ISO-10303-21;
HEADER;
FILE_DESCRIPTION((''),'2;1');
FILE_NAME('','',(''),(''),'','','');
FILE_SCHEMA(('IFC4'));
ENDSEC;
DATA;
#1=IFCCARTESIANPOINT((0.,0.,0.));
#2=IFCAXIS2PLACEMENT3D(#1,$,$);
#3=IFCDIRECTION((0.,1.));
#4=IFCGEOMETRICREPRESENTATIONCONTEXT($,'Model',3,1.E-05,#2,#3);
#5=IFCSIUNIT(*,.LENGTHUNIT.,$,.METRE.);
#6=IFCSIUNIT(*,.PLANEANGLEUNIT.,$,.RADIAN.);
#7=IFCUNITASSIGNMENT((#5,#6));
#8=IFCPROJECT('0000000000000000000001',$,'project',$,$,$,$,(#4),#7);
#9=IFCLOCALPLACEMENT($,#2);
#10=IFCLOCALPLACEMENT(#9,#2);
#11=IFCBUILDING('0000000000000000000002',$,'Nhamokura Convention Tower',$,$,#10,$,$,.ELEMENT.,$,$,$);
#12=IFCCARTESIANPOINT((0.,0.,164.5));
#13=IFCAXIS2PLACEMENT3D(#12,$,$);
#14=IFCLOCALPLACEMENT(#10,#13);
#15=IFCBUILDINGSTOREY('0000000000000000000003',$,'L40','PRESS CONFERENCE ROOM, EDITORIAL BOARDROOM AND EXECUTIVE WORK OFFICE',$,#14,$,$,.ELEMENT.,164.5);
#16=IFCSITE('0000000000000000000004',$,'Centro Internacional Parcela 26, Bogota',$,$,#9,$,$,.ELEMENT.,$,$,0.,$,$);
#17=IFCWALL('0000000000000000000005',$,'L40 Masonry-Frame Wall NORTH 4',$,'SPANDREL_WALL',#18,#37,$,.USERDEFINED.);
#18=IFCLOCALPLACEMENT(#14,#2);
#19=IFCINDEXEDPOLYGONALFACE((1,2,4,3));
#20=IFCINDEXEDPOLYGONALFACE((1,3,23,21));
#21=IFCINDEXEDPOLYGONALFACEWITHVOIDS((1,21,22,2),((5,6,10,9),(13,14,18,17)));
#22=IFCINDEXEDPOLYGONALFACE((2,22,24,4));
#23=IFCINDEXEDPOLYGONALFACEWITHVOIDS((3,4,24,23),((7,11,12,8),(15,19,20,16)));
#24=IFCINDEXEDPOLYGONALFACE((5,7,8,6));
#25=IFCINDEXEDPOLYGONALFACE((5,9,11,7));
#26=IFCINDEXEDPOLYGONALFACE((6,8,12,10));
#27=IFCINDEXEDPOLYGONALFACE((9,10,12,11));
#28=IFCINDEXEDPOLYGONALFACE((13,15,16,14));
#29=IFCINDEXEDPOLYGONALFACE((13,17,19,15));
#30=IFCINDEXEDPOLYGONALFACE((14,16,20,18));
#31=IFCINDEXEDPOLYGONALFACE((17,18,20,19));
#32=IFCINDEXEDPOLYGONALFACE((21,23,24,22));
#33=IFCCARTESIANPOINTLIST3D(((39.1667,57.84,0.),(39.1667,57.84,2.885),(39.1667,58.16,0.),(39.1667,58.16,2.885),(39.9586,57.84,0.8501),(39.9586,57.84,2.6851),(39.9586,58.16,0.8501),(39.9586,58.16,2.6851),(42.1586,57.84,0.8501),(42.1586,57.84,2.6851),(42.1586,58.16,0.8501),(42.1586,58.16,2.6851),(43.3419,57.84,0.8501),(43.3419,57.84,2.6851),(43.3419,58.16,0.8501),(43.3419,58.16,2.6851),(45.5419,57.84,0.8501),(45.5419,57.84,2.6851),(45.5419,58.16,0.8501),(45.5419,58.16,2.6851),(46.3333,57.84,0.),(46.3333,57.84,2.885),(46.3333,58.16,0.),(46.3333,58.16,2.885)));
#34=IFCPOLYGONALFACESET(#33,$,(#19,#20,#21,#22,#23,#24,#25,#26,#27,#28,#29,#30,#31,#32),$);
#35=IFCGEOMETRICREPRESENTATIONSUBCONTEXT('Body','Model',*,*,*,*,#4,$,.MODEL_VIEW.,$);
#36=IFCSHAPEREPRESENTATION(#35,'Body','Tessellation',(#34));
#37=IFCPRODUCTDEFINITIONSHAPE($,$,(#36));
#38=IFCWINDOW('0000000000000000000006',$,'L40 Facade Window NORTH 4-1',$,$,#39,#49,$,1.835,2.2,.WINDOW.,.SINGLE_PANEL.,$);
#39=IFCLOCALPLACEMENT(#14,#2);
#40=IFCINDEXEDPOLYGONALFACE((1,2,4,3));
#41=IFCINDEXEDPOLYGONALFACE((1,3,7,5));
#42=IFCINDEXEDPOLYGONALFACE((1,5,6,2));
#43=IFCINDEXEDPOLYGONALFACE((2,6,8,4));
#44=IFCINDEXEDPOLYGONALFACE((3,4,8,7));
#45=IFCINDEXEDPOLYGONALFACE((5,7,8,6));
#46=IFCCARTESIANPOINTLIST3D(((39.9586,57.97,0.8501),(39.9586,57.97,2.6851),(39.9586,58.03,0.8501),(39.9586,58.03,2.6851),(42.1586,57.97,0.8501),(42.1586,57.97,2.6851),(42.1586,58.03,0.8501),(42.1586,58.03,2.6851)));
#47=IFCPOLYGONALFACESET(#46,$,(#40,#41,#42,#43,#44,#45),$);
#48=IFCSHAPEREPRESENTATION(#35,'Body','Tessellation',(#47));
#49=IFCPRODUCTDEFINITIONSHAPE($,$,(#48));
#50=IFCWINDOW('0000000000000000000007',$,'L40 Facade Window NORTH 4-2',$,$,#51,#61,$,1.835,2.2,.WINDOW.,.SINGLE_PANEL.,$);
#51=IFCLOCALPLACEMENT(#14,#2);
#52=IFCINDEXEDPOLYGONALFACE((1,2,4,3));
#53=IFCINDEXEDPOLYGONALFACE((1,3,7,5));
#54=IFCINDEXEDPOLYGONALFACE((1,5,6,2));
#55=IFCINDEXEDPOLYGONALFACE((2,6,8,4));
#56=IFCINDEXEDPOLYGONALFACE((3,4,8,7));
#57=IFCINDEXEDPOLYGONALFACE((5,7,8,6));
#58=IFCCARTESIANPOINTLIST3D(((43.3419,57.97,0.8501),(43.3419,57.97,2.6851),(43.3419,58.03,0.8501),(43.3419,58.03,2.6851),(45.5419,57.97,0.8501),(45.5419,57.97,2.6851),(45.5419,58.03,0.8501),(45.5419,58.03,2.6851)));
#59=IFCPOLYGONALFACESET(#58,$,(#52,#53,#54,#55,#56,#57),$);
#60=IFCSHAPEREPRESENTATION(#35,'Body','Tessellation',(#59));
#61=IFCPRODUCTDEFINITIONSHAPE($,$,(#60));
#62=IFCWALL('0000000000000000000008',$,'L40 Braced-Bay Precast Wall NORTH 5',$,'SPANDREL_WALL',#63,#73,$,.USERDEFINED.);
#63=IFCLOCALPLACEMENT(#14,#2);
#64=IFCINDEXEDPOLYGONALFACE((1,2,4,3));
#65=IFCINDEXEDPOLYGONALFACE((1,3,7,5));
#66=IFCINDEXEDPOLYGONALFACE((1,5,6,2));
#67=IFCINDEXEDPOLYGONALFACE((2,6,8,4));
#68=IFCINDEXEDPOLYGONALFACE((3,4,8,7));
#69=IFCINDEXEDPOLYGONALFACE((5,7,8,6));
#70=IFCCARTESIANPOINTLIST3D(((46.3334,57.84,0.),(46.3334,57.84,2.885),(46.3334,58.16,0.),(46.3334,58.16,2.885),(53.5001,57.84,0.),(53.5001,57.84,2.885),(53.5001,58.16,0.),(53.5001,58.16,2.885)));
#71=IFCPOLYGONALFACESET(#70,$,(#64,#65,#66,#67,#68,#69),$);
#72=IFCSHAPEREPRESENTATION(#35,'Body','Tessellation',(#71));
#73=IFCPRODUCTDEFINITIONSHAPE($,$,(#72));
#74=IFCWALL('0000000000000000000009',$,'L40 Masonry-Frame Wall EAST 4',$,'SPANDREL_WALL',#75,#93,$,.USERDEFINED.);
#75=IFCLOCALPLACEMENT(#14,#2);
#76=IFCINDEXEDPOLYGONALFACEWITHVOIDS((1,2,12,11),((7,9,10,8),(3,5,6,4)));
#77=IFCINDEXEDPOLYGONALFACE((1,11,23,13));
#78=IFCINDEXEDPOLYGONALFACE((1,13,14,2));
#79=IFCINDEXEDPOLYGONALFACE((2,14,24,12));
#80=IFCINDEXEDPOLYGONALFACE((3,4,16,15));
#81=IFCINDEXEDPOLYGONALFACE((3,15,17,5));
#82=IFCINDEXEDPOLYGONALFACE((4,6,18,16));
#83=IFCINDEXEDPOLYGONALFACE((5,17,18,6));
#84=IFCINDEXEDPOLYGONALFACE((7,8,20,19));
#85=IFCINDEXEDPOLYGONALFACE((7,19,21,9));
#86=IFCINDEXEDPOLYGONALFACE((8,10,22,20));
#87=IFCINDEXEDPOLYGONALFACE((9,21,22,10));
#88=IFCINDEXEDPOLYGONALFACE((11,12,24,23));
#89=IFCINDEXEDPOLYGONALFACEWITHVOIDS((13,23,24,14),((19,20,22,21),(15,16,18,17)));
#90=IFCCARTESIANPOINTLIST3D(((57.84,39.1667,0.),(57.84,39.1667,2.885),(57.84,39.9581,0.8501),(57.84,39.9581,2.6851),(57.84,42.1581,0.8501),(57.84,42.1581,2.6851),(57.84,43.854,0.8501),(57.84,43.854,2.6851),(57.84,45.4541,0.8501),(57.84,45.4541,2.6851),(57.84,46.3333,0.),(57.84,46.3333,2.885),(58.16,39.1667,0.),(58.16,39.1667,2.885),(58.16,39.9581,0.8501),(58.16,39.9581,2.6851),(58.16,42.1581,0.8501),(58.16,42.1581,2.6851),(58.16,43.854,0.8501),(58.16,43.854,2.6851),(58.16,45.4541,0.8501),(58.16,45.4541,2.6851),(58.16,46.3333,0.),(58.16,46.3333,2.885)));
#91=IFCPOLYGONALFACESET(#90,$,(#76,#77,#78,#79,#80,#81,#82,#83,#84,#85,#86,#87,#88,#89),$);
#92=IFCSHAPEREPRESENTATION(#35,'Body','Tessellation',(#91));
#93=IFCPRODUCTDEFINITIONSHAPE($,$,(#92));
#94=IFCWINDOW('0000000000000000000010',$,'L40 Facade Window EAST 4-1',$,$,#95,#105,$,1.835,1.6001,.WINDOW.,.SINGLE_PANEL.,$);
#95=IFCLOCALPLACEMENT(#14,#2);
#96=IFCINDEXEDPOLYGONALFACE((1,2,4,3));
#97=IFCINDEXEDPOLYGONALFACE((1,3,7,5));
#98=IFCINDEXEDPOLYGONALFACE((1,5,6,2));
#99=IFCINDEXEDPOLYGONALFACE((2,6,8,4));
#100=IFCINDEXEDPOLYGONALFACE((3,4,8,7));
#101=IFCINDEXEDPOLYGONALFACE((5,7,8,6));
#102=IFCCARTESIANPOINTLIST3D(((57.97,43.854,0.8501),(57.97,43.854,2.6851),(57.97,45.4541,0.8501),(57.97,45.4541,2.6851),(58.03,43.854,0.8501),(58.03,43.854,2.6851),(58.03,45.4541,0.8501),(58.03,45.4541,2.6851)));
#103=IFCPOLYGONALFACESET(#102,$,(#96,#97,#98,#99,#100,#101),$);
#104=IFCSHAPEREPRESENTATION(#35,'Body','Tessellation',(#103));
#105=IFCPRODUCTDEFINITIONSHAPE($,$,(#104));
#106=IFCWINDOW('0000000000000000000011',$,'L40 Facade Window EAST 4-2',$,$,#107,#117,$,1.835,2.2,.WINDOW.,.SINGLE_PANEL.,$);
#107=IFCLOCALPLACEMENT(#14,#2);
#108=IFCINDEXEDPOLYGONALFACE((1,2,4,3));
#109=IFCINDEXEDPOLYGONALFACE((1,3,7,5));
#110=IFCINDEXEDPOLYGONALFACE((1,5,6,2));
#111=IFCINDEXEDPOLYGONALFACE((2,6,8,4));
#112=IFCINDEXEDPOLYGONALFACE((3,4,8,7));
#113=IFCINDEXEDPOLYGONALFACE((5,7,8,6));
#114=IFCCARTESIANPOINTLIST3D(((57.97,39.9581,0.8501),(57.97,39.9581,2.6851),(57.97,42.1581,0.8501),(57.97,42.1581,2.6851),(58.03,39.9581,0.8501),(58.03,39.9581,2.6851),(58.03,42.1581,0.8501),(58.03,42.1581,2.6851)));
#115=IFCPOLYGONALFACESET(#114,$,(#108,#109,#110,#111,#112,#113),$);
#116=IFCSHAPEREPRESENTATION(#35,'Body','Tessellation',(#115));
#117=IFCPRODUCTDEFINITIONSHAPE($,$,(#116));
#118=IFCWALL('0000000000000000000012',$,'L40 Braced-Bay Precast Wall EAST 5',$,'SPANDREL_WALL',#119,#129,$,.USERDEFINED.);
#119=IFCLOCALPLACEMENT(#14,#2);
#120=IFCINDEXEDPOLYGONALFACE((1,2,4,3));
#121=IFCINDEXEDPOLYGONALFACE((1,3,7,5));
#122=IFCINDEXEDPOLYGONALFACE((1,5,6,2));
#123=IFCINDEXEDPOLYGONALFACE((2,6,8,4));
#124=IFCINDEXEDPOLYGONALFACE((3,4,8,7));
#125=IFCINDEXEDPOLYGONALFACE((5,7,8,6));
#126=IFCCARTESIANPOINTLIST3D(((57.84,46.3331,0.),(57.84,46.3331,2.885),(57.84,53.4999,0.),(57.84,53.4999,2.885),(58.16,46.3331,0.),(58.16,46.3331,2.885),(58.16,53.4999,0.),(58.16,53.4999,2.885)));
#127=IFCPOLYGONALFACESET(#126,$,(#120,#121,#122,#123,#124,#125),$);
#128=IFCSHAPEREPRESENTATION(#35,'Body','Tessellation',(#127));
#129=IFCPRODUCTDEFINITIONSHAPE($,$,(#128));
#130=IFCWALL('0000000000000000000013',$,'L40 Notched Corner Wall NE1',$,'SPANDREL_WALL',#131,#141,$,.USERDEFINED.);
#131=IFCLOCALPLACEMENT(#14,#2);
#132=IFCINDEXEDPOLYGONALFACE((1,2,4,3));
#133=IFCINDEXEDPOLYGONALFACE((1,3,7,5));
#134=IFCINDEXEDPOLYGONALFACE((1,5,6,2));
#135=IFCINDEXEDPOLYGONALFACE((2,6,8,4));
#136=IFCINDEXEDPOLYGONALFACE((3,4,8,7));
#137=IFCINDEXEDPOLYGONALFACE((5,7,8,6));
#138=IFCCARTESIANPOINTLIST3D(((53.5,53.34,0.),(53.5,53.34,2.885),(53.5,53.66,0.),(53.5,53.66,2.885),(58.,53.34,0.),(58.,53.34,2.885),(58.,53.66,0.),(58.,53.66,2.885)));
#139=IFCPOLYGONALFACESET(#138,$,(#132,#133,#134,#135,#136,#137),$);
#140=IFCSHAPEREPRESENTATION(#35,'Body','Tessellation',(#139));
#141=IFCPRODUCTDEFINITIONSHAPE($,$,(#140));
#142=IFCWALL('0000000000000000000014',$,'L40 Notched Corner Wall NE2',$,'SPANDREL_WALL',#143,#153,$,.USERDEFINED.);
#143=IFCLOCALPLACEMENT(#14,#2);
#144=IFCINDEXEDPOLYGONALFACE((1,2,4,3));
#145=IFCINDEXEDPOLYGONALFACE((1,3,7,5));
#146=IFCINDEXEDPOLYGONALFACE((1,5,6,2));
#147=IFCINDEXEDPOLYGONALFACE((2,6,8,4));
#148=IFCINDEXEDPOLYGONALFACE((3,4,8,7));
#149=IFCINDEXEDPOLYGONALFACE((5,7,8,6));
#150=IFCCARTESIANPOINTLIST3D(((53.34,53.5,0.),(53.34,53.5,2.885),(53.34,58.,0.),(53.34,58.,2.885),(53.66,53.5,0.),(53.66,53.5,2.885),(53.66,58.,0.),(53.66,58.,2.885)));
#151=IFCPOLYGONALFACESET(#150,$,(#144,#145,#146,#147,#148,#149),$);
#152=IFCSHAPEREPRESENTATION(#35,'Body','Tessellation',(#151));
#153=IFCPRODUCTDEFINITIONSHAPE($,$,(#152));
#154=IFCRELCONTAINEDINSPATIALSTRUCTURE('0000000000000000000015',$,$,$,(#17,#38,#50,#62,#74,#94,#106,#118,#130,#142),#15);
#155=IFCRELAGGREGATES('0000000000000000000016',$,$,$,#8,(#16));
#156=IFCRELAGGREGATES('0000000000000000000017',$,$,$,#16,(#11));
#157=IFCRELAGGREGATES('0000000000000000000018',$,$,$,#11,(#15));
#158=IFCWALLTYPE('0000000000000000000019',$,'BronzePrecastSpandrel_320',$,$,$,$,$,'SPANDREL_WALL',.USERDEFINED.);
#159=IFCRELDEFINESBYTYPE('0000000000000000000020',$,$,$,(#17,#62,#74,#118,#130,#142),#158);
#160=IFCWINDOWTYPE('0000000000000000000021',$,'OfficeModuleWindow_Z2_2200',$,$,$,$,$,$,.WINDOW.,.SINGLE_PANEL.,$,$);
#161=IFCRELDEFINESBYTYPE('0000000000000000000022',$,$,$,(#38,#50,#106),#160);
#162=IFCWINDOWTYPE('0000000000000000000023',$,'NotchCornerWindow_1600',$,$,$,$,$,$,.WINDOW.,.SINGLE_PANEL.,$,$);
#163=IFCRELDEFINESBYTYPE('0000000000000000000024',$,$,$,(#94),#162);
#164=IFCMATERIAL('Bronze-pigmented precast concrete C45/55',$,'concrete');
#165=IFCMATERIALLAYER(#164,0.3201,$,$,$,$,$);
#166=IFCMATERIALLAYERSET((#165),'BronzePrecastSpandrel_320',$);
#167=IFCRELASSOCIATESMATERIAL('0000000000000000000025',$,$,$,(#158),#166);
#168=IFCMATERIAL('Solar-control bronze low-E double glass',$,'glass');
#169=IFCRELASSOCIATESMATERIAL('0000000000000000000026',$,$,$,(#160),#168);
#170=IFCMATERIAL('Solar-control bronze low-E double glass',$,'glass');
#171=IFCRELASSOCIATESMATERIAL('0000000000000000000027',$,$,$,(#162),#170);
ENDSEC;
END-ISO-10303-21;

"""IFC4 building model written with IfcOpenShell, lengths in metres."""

from ifc_helpers import new_model, si_unit, direction, frame, frame_2d, origin, place, context, subcontext, project, spatial, rectangle, extrude, material, layer, layer_set, type_object, element, fill, save


model = new_model("IFC4")

# Units and contexts
model_context = context("Model", 3, precision=1e-05, world=origin(), true_north=direction((0.0, 1.0)))
body_context = subcontext(model_context, "Body", "Model", "MODEL_VIEW")
ifc_project = project(units=[si_unit("LENGTHUNIT", "METRE"), si_unit("PLANEANGLEUNIT", "RADIAN")], contexts=[model_context])

# Site, building, storey
site_placement = place(None, origin())
site = spatial("IfcSite", under=ifc_project, at=site_placement, Name="Centro Internacional Parcela 26, Bogota", CompositionType="ELEMENT", RefElevation=0.0)
building_placement = place(site_placement, origin())
building = spatial("IfcBuilding", under=site, at=building_placement, Name="Nhamokura Convention Tower", CompositionType="ELEMENT")
storey_placement = place(building_placement, frame((0.0, 0.0, 164.5)))
storey = spatial("IfcBuildingStorey", under=building, at=storey_placement, Name="L40", Description="PRESS CONFERENCE ROOM, EDITORIAL BOARDROOM AND EXECUTIVE WORK OFFICE", CompositionType="ELEMENT", Elevation=164.5)

# Wall, openings, windows
ifc_material_1 = material(Name="Bronze-pigmented precast concrete C45/55", Category="concrete")
ifc_layer = layer(ifc_material_1, 0.3201)
ifc_layer_set = layer_set([ifc_layer], Name="BronzePrecastSpandrel_320")
wall_type = type_object("IfcWallType", Name="BronzePrecastSpandrel_320", ElementType="SPANDREL_WALL", PredefinedType="USERDEFINED", material=ifc_layer_set)
wall_1_placement = place(storey_placement, frame((39.1667, 58.0, 0.0), z_axis=(0.0, 0.0, 1.0), x_axis=(1.0, 0.0, 0.0)))
wall_1 = element("IfcWall", 1, at=wall_1_placement, inside=storey, type_object=wall_type, Name="L40 Masonry-Frame Wall NORTH 4", ObjectType="SPANDREL_WALL", PredefinedType="USERDEFINED", context=body_context, shape_type="SweptSolid", body=[
    extrude(rectangle(XDim=7.1665, YDim=0.3201, at=frame_2d((3.5833, 0.0))), origin(), (0.0, 0.0, 1.0), 2.885),
])
opening_1_placement = place(wall_1_placement, frame((0.7917, 0.0, 0.8501)))
opening_1 = element("IfcOpeningElement", 2, at=opening_1_placement, cuts=wall_1, PredefinedType="OPENING", context=body_context, shape_type="SweptSolid", body=[
    extrude(rectangle(XDim=2.2, YDim=1.835, at=frame_2d((1.1001, 0.9175))), frame((0.0, 0.1699, 0.0), z_axis=(0.0, -1.0, 0.0), x_axis=(1.0, 0.0, 0.0)), (0.0, 0.0, 1.0), 0.3401),
])
opening_2_placement = place(wall_1_placement, frame((4.175, 0.0, 0.8501)))
opening_2 = element("IfcOpeningElement", 3, at=opening_2_placement, cuts=wall_1, PredefinedType="OPENING", context=body_context, shape_type="SweptSolid", body=[
    extrude(rectangle(XDim=2.2, YDim=1.835, at=frame_2d((1.1001, 0.9175))), frame((0.0, 0.1699, 0.0), z_axis=(0.0, -1.0, 0.0), x_axis=(1.0, 0.0, 0.0)), (0.0, 0.0, 1.0), 0.3401),
])
ifc_material_2 = material(Name="Solar-control bronze low-E double glass", Category="glass")
window_type_1 = type_object("IfcWindowType", Name="OfficeModuleWindow_Z2_2200", PartitioningType="SINGLE_PANEL", PredefinedType="WINDOW", material=ifc_material_2)
window_1_placement = place(opening_1_placement, origin())
window_1 = element("IfcWindow", 4, at=window_1_placement, inside=storey, type_object=window_type_1, Name="L40 Facade Window NORTH 4-1", OverallHeight=1.835, OverallWidth=2.2, PartitioningType="SINGLE_PANEL", PredefinedType="WINDOW", context=body_context, shape_type="SweptSolid", body=[
    extrude(rectangle(XDim=2.2, YDim=1.835, at=frame_2d((1.1001, 0.9175))), frame((0.0, 0.03, 0.0), z_axis=(0.0, -1.0, 0.0), x_axis=(1.0, 0.0, 0.0)), (0.0, 0.0, 1.0), 0.0601),
])
fill(opening_1, window_1)
window_2_placement = place(opening_2_placement, origin())
window_2 = element("IfcWindow", 5, at=window_2_placement, inside=storey, type_object=window_type_1, Name="L40 Facade Window NORTH 4-2", OverallHeight=1.835, OverallWidth=2.2, PartitioningType="SINGLE_PANEL", PredefinedType="WINDOW", context=body_context, shape_type="SweptSolid", body=[
    extrude(rectangle(XDim=2.2, YDim=1.835, at=frame_2d((1.1001, 0.9175))), frame((0.0, 0.03, 0.0), z_axis=(0.0, -1.0, 0.0), x_axis=(1.0, 0.0, 0.0)), (0.0, 0.0, 1.0), 0.0601),
])
fill(opening_2, window_2)

# Wall
wall_2_placement = place(storey_placement, frame((46.3333, 58.0, 0.0), z_axis=(0.0, 0.0, 1.0), x_axis=(1.0, 0.0, 0.0)))
element("IfcWall", 6, at=wall_2_placement, inside=storey, type_object=wall_type, Name="L40 Braced-Bay Precast Wall NORTH 5", ObjectType="SPANDREL_WALL", PredefinedType="USERDEFINED", context=body_context, shape_type="SweptSolid", body=[
    extrude(rectangle(XDim=7.1667, YDim=0.3201, at=frame_2d((3.5835, 0.0))), origin(), (0.0, 0.0, 1.0), 2.885),
])

# Wall, openings, windows
wall_3_placement = place(storey_placement, frame((58.0, 46.3333, 0.0), z_axis=(0.0, 0.0, 1.0), x_axis=(0.0, -1.0, 0.0)))
wall_3 = element("IfcWall", 7, at=wall_3_placement, inside=storey, type_object=wall_type, Name="L40 Masonry-Frame Wall EAST 4", ObjectType="SPANDREL_WALL", PredefinedType="USERDEFINED", context=body_context, shape_type="SweptSolid", body=[
    extrude(rectangle(XDim=7.1665, YDim=0.3201, at=frame_2d((3.5833, 0.0))), origin(), (0.0, 0.0, 1.0), 2.885),
])
opening_3_placement = place(wall_3_placement, frame((0.8792, 0.0, 0.8501)))
opening_3 = element("IfcOpeningElement", 8, at=opening_3_placement, cuts=wall_3, PredefinedType="OPENING", context=body_context, shape_type="SweptSolid", body=[
    extrude(rectangle(XDim=1.6001, YDim=1.835, at=frame_2d((0.8, 0.9175))), frame((0.0, 0.1699, 0.0), z_axis=(0.0, -1.0, 0.0), x_axis=(1.0, 0.0, 0.0)), (0.0, 0.0, 1.0), 0.3401),
])
opening_4_placement = place(wall_3_placement, frame((4.175, 0.0, 0.8501)))
opening_4 = element("IfcOpeningElement", 9, at=opening_4_placement, cuts=wall_3, PredefinedType="OPENING", context=body_context, shape_type="SweptSolid", body=[
    extrude(rectangle(XDim=2.2, YDim=1.835, at=frame_2d((1.1001, 0.9175))), frame((0.0, 0.1699, 0.0), z_axis=(0.0, -1.0, 0.0), x_axis=(1.0, 0.0, 0.0)), (0.0, 0.0, 1.0), 0.3401),
])
ifc_material_3 = material(Name="Solar-control bronze low-E double glass", Category="glass")
window_type_2 = type_object("IfcWindowType", Name="NotchCornerWindow_1600", PartitioningType="SINGLE_PANEL", PredefinedType="WINDOW", material=ifc_material_3)
window_3_placement = place(opening_3_placement, origin())
window_3 = element("IfcWindow", 10, at=window_3_placement, inside=storey, type_object=window_type_2, Name="L40 Facade Window EAST 4-1", OverallHeight=1.835, OverallWidth=1.6001, PartitioningType="SINGLE_PANEL", PredefinedType="WINDOW", context=body_context, shape_type="SweptSolid", body=[
    extrude(rectangle(XDim=1.6001, YDim=1.835, at=frame_2d((0.8, 0.9175))), frame((0.0, 0.03, 0.0), z_axis=(0.0, -1.0, 0.0), x_axis=(1.0, 0.0, 0.0)), (0.0, 0.0, 1.0), 0.0601),
])
fill(opening_3, window_3)
window_4_placement = place(opening_4_placement, origin())
window_4 = element("IfcWindow", 11, at=window_4_placement, inside=storey, type_object=window_type_1, Name="L40 Facade Window EAST 4-2", OverallHeight=1.835, OverallWidth=2.2, PartitioningType="SINGLE_PANEL", PredefinedType="WINDOW", context=body_context, shape_type="SweptSolid", body=[
    extrude(rectangle(XDim=2.2, YDim=1.835, at=frame_2d((1.1001, 0.9175))), frame((0.0, 0.03, 0.0), z_axis=(0.0, -1.0, 0.0), x_axis=(1.0, 0.0, 0.0)), (0.0, 0.0, 1.0), 0.0601),
])
fill(opening_4, window_4)

# Walls
wall_4_placement = place(storey_placement, frame((58.0, 53.5, 0.0), z_axis=(0.0, 0.0, 1.0), x_axis=(0.0, -1.0, 0.0)))
element("IfcWall", 12, at=wall_4_placement, inside=storey, type_object=wall_type, Name="L40 Braced-Bay Precast Wall EAST 5", ObjectType="SPANDREL_WALL", PredefinedType="USERDEFINED", context=body_context, shape_type="SweptSolid", body=[
    extrude(rectangle(XDim=7.1667, YDim=0.3201, at=frame_2d((3.5835, 0.0))), origin(), (0.0, 0.0, 1.0), 2.885),
])
for number, where, z_axis, x_axis, name in (
    (13, (53.5, 53.5, 0.0), (0.0, 0.0, 1.0), (1.0, 0.0, 0.0), "L40 Notched Corner Wall NE1"),
    (14, (53.5, 58.0, 0.0), (0.0, 0.0, 1.0), (0.0, -1.0, 0.0), "L40 Notched Corner Wall NE2"),
):
    element("IfcWall", number, at=place(storey_placement, frame(where, z_axis=z_axis, x_axis=x_axis)), inside=storey, type_object=wall_type, Name=name, ObjectType="SPANDREL_WALL", PredefinedType="USERDEFINED", context=body_context, shape_type="SweptSolid", body=[
        extrude(rectangle(XDim=4.5, YDim=0.3201, at=frame_2d((2.25, 0.0))), origin(), (0.0, 0.0, 1.0), 2.885),
    ])

save(model, "model.ifc")
